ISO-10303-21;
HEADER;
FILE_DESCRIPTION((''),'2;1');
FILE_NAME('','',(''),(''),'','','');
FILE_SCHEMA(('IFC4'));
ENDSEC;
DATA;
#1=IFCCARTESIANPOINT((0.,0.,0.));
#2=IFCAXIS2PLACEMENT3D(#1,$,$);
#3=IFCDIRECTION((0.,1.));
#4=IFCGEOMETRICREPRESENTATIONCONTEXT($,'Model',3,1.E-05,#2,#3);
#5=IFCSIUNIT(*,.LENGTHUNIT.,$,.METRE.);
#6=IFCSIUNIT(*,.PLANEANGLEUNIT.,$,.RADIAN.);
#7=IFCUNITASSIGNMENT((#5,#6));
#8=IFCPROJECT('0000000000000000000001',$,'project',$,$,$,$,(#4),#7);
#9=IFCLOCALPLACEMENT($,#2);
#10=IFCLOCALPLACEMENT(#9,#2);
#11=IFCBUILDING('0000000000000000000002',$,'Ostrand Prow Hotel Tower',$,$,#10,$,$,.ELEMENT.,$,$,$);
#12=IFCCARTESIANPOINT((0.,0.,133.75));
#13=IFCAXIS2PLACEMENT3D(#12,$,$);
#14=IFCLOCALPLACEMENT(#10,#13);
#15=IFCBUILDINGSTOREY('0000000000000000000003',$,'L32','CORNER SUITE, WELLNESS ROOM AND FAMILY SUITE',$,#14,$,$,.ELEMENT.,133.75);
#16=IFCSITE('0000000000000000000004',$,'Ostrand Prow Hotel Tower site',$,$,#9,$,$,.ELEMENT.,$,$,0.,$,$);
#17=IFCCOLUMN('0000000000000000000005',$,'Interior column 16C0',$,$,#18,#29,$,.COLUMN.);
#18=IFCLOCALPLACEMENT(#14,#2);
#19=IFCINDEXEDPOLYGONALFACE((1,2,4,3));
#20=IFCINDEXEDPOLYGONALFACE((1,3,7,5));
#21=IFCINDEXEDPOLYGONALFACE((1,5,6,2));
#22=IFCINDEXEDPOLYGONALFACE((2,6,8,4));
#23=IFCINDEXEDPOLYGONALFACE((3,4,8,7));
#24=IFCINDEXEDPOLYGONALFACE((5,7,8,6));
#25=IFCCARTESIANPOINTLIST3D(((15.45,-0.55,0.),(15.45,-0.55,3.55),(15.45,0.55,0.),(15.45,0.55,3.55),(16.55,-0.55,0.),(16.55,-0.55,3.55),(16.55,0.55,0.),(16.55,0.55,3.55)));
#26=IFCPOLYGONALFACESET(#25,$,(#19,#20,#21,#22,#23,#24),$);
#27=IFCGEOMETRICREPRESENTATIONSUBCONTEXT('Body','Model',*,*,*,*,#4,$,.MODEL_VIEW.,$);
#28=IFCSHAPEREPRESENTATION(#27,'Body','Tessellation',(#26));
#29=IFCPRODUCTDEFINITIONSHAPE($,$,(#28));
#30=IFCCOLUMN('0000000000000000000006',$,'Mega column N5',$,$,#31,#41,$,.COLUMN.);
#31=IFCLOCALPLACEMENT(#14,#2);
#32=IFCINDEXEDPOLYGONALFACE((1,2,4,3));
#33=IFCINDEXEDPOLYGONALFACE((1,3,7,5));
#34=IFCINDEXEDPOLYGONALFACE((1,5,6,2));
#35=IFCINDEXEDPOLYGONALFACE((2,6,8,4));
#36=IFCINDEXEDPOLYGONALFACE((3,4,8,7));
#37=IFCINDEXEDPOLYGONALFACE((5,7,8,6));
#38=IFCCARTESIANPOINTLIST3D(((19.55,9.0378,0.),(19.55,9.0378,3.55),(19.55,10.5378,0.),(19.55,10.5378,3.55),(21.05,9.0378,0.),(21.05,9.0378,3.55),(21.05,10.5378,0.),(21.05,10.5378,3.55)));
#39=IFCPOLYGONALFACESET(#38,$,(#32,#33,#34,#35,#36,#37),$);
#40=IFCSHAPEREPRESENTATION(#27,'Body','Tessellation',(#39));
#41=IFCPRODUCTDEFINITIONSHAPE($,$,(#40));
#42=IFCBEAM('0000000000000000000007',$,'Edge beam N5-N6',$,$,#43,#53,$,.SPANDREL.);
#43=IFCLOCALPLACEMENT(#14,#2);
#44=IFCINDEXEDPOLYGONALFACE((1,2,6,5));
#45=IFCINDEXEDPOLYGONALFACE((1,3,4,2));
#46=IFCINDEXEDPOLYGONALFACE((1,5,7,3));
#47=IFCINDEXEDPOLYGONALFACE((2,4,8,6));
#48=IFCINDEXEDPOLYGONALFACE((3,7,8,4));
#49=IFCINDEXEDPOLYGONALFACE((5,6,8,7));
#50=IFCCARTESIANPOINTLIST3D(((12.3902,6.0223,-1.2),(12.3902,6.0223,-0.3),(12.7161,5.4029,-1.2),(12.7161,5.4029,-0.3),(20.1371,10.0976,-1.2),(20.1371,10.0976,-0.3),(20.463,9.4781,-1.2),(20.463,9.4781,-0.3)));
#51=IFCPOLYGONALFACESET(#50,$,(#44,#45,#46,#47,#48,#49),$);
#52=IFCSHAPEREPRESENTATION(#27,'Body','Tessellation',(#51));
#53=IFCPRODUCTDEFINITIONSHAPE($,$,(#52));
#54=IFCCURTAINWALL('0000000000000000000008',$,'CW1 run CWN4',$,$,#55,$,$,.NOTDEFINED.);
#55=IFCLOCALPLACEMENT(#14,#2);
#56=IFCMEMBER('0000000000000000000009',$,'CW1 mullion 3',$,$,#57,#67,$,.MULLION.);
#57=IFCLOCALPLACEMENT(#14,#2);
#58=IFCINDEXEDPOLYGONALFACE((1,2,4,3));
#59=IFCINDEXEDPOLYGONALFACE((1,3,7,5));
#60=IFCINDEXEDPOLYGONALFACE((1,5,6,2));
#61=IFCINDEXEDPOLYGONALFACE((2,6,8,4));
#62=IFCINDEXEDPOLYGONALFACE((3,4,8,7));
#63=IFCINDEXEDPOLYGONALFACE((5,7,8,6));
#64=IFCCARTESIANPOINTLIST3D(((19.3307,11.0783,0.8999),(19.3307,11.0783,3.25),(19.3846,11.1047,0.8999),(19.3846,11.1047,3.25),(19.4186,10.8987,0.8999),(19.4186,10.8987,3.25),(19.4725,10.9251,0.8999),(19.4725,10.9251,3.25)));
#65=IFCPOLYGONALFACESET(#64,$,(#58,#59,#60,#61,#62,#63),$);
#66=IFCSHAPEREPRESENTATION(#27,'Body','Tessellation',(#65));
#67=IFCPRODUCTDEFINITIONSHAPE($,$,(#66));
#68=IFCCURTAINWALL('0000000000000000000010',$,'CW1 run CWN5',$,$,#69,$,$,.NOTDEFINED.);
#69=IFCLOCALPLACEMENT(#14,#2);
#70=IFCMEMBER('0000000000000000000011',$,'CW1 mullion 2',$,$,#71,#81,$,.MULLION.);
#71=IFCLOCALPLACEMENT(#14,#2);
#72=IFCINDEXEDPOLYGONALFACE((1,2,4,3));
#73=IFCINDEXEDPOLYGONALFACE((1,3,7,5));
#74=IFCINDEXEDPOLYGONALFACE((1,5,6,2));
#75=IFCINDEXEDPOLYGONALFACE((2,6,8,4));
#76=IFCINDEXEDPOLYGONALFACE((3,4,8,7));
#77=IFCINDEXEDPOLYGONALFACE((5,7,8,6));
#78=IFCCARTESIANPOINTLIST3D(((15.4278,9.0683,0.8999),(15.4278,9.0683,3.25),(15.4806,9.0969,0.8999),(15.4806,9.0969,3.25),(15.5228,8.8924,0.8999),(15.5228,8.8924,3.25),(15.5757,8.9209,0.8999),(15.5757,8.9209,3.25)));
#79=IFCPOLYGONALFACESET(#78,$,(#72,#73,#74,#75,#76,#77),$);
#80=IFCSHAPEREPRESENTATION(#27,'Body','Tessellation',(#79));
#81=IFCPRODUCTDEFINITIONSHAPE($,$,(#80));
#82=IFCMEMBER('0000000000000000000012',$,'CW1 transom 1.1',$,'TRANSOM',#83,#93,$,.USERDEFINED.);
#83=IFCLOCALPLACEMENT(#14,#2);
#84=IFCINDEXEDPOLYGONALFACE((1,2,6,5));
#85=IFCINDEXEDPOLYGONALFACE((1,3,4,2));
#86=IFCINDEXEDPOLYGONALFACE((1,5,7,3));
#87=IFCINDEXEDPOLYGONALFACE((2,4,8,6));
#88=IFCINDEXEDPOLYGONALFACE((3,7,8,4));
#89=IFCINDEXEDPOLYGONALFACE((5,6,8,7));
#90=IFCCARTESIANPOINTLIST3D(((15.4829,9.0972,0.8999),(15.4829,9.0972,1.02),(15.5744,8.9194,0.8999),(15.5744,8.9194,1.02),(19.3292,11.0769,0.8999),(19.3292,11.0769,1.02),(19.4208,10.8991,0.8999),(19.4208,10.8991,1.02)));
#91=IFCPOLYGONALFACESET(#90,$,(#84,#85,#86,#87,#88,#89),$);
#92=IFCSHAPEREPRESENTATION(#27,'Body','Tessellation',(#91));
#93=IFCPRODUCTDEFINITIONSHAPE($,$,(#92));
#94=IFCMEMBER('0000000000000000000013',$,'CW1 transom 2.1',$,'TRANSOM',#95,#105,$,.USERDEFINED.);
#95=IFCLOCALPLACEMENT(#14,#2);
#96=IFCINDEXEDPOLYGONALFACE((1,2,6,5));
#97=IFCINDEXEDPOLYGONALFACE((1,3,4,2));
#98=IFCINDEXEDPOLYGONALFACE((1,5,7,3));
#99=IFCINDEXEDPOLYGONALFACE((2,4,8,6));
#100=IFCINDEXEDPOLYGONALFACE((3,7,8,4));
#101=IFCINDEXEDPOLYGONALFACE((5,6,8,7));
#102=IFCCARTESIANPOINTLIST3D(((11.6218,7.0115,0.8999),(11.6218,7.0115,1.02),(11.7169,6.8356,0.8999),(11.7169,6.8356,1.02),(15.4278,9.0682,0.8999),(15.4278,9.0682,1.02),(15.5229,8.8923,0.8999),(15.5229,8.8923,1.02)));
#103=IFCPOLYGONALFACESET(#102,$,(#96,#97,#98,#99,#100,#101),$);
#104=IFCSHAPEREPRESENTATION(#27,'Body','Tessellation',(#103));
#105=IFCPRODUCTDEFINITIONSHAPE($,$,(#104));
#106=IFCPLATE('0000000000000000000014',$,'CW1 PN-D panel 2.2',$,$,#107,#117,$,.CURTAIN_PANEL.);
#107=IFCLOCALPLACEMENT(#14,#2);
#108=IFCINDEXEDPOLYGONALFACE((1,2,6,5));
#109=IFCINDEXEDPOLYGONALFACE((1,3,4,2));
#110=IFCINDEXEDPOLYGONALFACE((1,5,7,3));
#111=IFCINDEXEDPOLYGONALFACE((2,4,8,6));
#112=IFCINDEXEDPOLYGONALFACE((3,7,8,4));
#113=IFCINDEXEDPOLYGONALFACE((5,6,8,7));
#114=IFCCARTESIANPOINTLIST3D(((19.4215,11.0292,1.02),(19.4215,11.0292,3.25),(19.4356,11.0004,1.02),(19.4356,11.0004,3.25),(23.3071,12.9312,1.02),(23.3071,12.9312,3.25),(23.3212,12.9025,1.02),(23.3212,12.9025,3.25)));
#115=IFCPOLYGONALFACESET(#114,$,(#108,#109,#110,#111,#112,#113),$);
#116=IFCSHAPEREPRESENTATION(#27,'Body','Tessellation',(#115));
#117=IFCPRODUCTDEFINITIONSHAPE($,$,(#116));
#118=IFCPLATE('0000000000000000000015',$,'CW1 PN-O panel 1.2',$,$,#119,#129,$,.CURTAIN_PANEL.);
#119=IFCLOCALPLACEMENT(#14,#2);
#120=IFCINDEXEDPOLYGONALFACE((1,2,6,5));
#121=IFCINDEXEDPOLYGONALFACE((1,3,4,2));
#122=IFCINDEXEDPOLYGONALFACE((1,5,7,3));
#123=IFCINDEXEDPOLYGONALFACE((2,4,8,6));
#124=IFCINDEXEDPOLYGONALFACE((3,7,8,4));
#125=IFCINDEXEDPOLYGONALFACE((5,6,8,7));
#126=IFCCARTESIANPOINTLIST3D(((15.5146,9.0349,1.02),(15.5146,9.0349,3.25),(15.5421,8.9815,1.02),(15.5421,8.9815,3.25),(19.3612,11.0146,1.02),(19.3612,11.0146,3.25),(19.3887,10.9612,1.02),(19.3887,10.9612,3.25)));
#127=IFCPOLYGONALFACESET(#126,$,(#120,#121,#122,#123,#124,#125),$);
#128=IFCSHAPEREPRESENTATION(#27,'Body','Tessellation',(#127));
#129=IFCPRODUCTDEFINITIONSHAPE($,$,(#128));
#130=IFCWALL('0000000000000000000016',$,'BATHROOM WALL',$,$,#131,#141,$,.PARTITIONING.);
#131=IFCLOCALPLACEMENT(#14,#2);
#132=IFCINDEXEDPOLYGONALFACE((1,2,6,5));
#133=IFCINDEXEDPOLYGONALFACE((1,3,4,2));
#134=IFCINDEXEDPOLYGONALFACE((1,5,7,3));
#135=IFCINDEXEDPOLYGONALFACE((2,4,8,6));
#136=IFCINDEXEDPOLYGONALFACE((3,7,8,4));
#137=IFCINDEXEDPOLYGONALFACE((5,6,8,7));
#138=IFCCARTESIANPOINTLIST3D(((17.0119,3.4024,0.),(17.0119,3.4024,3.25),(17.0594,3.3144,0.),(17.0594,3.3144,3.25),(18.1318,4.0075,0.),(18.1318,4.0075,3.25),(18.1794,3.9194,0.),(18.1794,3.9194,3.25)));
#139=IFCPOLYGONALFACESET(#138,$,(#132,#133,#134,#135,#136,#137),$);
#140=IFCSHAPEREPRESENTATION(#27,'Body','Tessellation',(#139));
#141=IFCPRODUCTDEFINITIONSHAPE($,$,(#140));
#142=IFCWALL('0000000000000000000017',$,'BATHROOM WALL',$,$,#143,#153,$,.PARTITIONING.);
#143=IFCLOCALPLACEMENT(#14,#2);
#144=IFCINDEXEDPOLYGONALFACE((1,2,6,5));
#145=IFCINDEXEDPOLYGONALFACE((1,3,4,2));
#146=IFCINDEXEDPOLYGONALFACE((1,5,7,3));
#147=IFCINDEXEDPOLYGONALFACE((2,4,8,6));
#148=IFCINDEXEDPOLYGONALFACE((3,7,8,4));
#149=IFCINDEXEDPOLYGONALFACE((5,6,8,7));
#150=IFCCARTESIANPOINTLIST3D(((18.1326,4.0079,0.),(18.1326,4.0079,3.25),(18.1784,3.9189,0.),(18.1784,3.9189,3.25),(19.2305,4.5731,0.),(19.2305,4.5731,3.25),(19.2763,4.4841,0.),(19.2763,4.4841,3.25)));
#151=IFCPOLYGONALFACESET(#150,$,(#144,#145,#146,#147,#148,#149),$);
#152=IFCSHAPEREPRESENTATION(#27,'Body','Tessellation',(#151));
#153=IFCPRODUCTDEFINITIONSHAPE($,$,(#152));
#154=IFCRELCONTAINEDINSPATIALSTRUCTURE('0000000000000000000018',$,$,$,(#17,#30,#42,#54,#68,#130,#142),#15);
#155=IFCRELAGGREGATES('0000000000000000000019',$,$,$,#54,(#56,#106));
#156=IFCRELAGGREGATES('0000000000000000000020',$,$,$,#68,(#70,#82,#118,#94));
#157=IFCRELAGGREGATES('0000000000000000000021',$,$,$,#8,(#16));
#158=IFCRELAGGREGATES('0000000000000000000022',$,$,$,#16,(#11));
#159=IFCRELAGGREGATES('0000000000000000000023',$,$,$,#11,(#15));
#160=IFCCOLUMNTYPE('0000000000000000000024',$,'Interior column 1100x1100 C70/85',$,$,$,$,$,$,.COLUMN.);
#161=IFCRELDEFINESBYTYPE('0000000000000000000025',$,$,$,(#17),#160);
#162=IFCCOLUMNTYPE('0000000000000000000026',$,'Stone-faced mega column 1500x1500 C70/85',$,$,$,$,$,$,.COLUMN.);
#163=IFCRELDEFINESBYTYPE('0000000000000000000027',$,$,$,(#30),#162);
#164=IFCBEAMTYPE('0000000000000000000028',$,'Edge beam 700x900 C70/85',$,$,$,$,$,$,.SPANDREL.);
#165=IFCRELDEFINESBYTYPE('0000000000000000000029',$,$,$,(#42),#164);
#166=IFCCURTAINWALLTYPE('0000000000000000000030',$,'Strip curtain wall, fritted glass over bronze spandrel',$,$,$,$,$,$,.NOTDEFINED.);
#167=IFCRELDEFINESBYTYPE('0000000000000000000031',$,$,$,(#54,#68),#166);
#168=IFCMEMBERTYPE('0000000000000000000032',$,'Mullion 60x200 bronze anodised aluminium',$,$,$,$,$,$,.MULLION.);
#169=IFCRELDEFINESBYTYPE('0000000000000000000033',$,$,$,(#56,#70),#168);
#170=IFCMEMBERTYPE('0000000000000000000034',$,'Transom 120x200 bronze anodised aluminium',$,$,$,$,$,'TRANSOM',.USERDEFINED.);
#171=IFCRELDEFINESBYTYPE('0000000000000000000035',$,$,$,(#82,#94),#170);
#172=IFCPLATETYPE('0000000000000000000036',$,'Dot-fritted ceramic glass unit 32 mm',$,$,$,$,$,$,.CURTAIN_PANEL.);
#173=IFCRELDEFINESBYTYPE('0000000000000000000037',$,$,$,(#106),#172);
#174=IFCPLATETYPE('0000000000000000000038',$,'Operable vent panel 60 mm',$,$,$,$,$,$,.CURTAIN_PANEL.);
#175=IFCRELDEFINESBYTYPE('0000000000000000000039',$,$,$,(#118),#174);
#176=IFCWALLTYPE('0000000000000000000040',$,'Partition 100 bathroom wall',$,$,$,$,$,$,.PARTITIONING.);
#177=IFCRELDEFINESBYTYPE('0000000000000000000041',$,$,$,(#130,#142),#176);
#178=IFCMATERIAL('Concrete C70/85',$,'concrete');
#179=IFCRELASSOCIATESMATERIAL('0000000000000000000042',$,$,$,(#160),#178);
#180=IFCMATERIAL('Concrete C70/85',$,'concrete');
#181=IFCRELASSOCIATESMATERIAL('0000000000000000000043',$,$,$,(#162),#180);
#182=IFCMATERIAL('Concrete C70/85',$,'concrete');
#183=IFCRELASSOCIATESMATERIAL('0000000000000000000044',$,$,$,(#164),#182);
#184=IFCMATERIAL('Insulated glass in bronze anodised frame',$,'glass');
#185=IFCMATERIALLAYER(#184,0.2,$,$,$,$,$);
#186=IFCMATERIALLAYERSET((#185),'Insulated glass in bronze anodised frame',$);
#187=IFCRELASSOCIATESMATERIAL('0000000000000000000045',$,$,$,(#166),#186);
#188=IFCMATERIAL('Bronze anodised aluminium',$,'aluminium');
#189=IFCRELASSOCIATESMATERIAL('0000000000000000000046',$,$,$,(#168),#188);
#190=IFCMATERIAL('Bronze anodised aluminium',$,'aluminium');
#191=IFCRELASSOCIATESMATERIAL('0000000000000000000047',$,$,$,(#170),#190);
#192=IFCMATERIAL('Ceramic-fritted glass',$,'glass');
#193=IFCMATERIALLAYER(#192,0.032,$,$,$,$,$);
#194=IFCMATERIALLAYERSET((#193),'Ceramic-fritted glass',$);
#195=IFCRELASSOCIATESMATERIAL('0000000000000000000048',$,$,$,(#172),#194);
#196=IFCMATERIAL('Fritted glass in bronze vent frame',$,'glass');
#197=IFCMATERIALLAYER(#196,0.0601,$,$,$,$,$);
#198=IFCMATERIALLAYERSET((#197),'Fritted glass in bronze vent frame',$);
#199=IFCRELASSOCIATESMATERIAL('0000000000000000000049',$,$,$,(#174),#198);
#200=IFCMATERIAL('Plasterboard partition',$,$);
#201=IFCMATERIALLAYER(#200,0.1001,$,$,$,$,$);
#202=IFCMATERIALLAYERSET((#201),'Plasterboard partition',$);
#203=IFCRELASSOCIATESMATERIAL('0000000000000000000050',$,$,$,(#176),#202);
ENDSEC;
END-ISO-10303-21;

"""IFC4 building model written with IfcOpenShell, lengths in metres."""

from ifc_helpers import new_model, si_unit, direction, frame, frame_2d, origin, origin_2d, place, context, subcontext, project, spatial, rectangle, extrude, material, layer, layer_set, material_profile, profile_set, type_object, element, aggregate, save


model = new_model("IFC4")

# Units and contexts
model_context = context("Model", 3, precision=1e-05, world=origin(), true_north=direction((0.0, 1.0)))
body_context = subcontext(model_context, "Body", "Model", "MODEL_VIEW")
ifc_project = project(units=[si_unit("LENGTHUNIT", "METRE"), si_unit("PLANEANGLEUNIT", "RADIAN")], contexts=[model_context])

# Site, building, storey
site_placement = place(None, origin())
site = spatial("IfcSite", under=ifc_project, at=site_placement, Name="Ostrand Prow Hotel Tower site", CompositionType="ELEMENT", RefElevation=0.0)
building_placement = place(site_placement, origin())
building = spatial("IfcBuilding", under=site, at=building_placement, Name="Ostrand Prow Hotel Tower", CompositionType="ELEMENT")
storey_placement = place(building_placement, frame((0.0, 0.0, 133.75)))
storey = spatial("IfcBuildingStorey", under=building, at=storey_placement, Name="L32", Description="CORNER SUITE, WELLNESS ROOM AND FAMILY SUITE", CompositionType="ELEMENT", Elevation=133.75)

# Columns
ifc_material_1 = material(Name="Concrete C70/85", Category="concrete")
ifc_material_profile_1 = material_profile(ifc_material_1, rectangle(XDim=1.1001, YDim=1.1001, at=origin_2d()), Name="RC 1100x1100")
ifc_profile_set_1 = profile_set([ifc_material_profile_1], Name="Concrete C70/85")
column_type_1 = type_object("IfcColumnType", Name="Interior column 1100x1100 C70/85", PredefinedType="COLUMN", material=ifc_profile_set_1)
column_1_placement = place(storey_placement, frame((16.0, 0.0, 0.0), z_axis=(0.0, 0.0, 1.0), x_axis=(1.0, 0.0, 0.0)))
element("IfcColumn", 1, at=column_1_placement, inside=storey, type_object=column_type_1, Name="Interior column 16C0", PredefinedType="COLUMN", context=body_context, shape_type="SweptSolid", body=[
    extrude(rectangle(XDim=1.1001, YDim=1.1001, at=origin_2d()), origin(), (0.0, 0.0, 1.0), 3.55),
])
ifc_material_2 = material(Name="Concrete C70/85", Category="concrete")
ifc_material_profile_2 = material_profile(ifc_material_2, rectangle(XDim=1.5, YDim=1.5, at=origin_2d()), Name="RC 1500x1500")
ifc_profile_set_2 = profile_set([ifc_material_profile_2], Name="Concrete C70/85")
column_type_2 = type_object("IfcColumnType", Name="Stone-faced mega column 1500x1500 C70/85", PredefinedType="COLUMN", material=ifc_profile_set_2)
column_2_placement = place(storey_placement, frame((20.3, 9.7878, 0.0), z_axis=(0.0, 0.0, 1.0), x_axis=(1.0, 0.0, 0.0)))
element("IfcColumn", 2, at=column_2_placement, inside=storey, type_object=column_type_2, Name="Mega column N5", PredefinedType="COLUMN", context=body_context, shape_type="SweptSolid", body=[
    extrude(rectangle(XDim=1.5, YDim=1.5, at=origin_2d()), origin(), (0.0, 0.0, 1.0), 3.55),
])

# Beam
ifc_material_3 = material(Name="Concrete C70/85", Category="concrete")
ifc_material_profile_3 = material_profile(ifc_material_3, rectangle(XDim=0.7, YDim=0.8999, at=origin_2d()), Name="RC 700x900")
ifc_profile_set_3 = profile_set([ifc_material_profile_3], Name="Concrete C70/85")
beam_type = type_object("IfcBeamType", Name="Edge beam 700x900 C70/85", PredefinedType="SPANDREL", material=ifc_profile_set_3)
beam_placement = place(storey_placement, frame((20.3, 9.7878, -0.75), z_axis=(-0.885016, -0.46556, 0.0), x_axis=(0.46556, -0.885016, 0.0)))
element("IfcBeam", 3, at=beam_placement, inside=storey, type_object=beam_type, Name="Edge beam N5-N6", PredefinedType="SPANDREL", context=body_context, shape_type="SweptSolid", body=[
    extrude(rectangle(XDim=0.7, YDim=0.8999, at=origin_2d()), origin(), (0.0, 0.0, 1.0), 8.7534),
])

# Curtain wall, member
ifc_material_4 = material(Name="Insulated glass in bronze anodised frame", Category="glass")
ifc_layer_1 = layer(ifc_material_4, 0.2)
ifc_layer_set_1 = layer_set([ifc_layer_1], Name="Insulated glass in bronze anodised frame")
curtain_wall_type = type_object("IfcCurtainWallType", Name="Strip curtain wall, fritted glass over bronze spandrel", PredefinedType="NOTDEFINED", material=ifc_layer_set_1)
curtain_wall_1_placement = place(storey_placement, origin())
curtain_wall_1 = element("IfcCurtainWall", 4, at=curtain_wall_1_placement, inside=storey, type_object=curtain_wall_type, Name="CW1 run CWN4", PredefinedType="NOTDEFINED")
ifc_material_5 = material(Name="Bronze anodised aluminium", Category="aluminium")
ifc_material_profile_4 = material_profile(ifc_material_5, rectangle(XDim=0.2, YDim=0.0601, at=origin_2d()), Name="Mullion 60x200 bronze anodised aluminium")
ifc_profile_set_4 = profile_set([ifc_material_profile_4], Name="Bronze anodised aluminium")
member_type_1 = type_object("IfcMemberType", Name="Mullion 60x200 bronze anodised aluminium", PredefinedType="MULLION", material=ifc_profile_set_4)
member_1_placement = place(storey_placement, frame((19.4016, 11.0017, 0.8999), z_axis=(0.0, 0.0, 1.0), x_axis=(0.439659, -0.898165, 0.0)))
member_1 = element("IfcMember", 5, at=member_1_placement, type_object=member_type_1, Name="CW1 mullion 3", PredefinedType="MULLION", context=body_context, shape_type="SweptSolid", body=[
    extrude(rectangle(XDim=0.2, YDim=0.0601, at=origin_2d()), origin(), (0.0, 0.0, 1.0), 2.3501),
])

# Curtain wall, members
curtain_wall_2_placement = place(storey_placement, origin())
curtain_wall_2 = element("IfcCurtainWall", 6, at=curtain_wall_2_placement, inside=storey, type_object=curtain_wall_type, Name="CW1 run CWN5", PredefinedType="NOTDEFINED")
member_2_placement = place(storey_placement, frame((15.5017, 8.9946, 0.8999), z_axis=(0.0, 0.0, 1.0), x_axis=(0.475394, -0.879773, 0.0)))
member_2 = element("IfcMember", 7, at=member_2_placement, type_object=member_type_1, Name="CW1 mullion 2", PredefinedType="MULLION", context=body_context, shape_type="SweptSolid", body=[
    extrude(rectangle(XDim=0.2, YDim=0.0601, at=origin_2d()), origin(), (0.0, 0.0, 1.0), 2.3501),
])
ifc_material_6 = material(Name="Bronze anodised aluminium", Category="aluminium")
ifc_material_profile_5 = material_profile(ifc_material_6, rectangle(XDim=0.2, YDim=0.1201, at=origin_2d()), Name="Transom 120x200 bronze anodised aluminium")
ifc_profile_set_5 = profile_set([ifc_material_profile_5], Name="Bronze anodised aluminium")
member_type_2 = type_object("IfcMemberType", Name="Transom 120x200 bronze anodised aluminium", ElementType="TRANSOM", PredefinedType="USERDEFINED", material=ifc_profile_set_5)
member_3_placement = place(storey_placement, frame((19.375, 10.988, 0.96), z_axis=(-0.88914, -0.457635, 0.0), x_axis=(0.457635, -0.88914, 0.0)))
member_3 = element("IfcMember", 8, at=member_3_placement, type_object=member_type_2, Name="CW1 transom 1.1", ObjectType="TRANSOM", PredefinedType="USERDEFINED", context=body_context, shape_type="SweptSolid", body=[
    extrude(rectangle(XDim=0.2, YDim=0.1201, at=origin_2d()), origin(), (0.0, 0.0, 1.0), 4.3259),
])
member_4_placement = place(storey_placement, frame((15.4753, 8.9802, 0.96), z_axis=(-0.879765, -0.475408, 0.0), x_axis=(0.475408, -0.879765, 0.0)))
member_4 = element("IfcMember", 9, at=member_4_placement, type_object=member_type_2, Name="CW1 transom 2.1", ObjectType="TRANSOM", PredefinedType="USERDEFINED", context=body_context, shape_type="SweptSolid", body=[
    extrude(rectangle(XDim=0.2, YDim=0.1201, at=origin_2d()), origin(), (0.0, 0.0, 1.0), 4.3262),
])

# Plates
ifc_material_7 = material(Name="Ceramic-fritted glass", Category="glass")
ifc_layer_2 = layer(ifc_material_7, 0.032)
ifc_layer_set_2 = layer_set([ifc_layer_2], Name="Ceramic-fritted glass")
plate_type_1 = type_object("IfcPlateType", Name="Dot-fritted ceramic glass unit 32 mm", PredefinedType="CURTAIN_PANEL", material=ifc_layer_set_2)
plate_1_placement = place(storey_placement, frame((21.3713, 11.9658, 1.02), z_axis=(0.0, 0.0, 1.0), x_axis=(-0.898165, -0.439659, 0.0)))
plate_1 = element("IfcPlate", 10, at=plate_1_placement, type_object=plate_type_1, Name="CW1 PN-D panel 2.2", PredefinedType="CURTAIN_PANEL", context=body_context, shape_type="SweptSolid", body=[
    extrude(rectangle(XDim=4.3262, YDim=0.032, at=origin_2d()), origin(), (0.0, 0.0, 1.0), 2.23),
])
aggregate(curtain_wall_1, [member_1, plate_1])
ifc_material_8 = material(Name="Fritted glass in bronze vent frame", Category="glass")
ifc_layer_3 = layer(ifc_material_8, 0.0601)
ifc_layer_set_3 = layer_set([ifc_layer_3], Name="Fritted glass in bronze vent frame")
plate_type_2 = type_object("IfcPlateType", Name="Operable vent panel 60 mm", PredefinedType="CURTAIN_PANEL", material=ifc_layer_set_3)
plate_2_placement = place(storey_placement, frame((17.4517, 9.998, 1.02), z_axis=(0.0, 0.0, 1.0), x_axis=(-0.889148, -0.457619, 0.0)))
plate_2 = element("IfcPlate", 11, at=plate_2_placement, type_object=plate_type_2, Name="CW1 PN-O panel 1.2", PredefinedType="CURTAIN_PANEL", context=body_context, shape_type="SweptSolid", body=[
    extrude(rectangle(XDim=4.3262, YDim=0.0601, at=origin_2d()), origin(), (0.0, 0.0, 1.0), 2.23),
])
aggregate(curtain_wall_2, [member_2, member_3, plate_2, member_4])

# Walls
ifc_material_9 = material(Name="Plasterboard partition")
ifc_layer_4 = layer(ifc_material_9, 0.1001)
ifc_layer_set_4 = layer_set([ifc_layer_4], Name="Plasterboard partition")
wall_type_1 = type_object("IfcWallType", Name="Partition 100 bathroom wall", PredefinedType="PARTITIONING", material=ifc_layer_set_4)
wall_1_placement = place(storey_placement, frame((17.0356, 3.3584, 0.0), z_axis=(0.0, 0.0, 1.0), x_axis=(0.879824, 0.4753, 0.0)))
element("IfcWall", 12, at=wall_1_placement, inside=storey, type_object=wall_type_1, Name="BATHROOM WALL", PredefinedType="PARTITIONING", context=body_context, shape_type="SweptSolid", body=[
    extrude(rectangle(XDim=1.2729, YDim=0.1001, at=frame_2d((0.6365, 0.0))), origin(), (0.0, 0.0, 1.0), 3.25),
])
wall_2_placement = place(storey_placement, frame((18.1555, 3.9634, 0.0), z_axis=(0.0, 0.0, 1.0), x_axis=(0.889106, 0.457701, 0.0)))
element("IfcWall", 13, at=wall_2_placement, inside=storey, type_object=wall_type_1, Name="BATHROOM WALL", PredefinedType="PARTITIONING", context=body_context, shape_type="SweptSolid", body=[
    extrude(rectangle(XDim=1.2349, YDim=0.1001, at=frame_2d((0.6174, 0.0))), origin(), (0.0, 0.0, 1.0), 3.25),
])

save(model, "model.ifc")
